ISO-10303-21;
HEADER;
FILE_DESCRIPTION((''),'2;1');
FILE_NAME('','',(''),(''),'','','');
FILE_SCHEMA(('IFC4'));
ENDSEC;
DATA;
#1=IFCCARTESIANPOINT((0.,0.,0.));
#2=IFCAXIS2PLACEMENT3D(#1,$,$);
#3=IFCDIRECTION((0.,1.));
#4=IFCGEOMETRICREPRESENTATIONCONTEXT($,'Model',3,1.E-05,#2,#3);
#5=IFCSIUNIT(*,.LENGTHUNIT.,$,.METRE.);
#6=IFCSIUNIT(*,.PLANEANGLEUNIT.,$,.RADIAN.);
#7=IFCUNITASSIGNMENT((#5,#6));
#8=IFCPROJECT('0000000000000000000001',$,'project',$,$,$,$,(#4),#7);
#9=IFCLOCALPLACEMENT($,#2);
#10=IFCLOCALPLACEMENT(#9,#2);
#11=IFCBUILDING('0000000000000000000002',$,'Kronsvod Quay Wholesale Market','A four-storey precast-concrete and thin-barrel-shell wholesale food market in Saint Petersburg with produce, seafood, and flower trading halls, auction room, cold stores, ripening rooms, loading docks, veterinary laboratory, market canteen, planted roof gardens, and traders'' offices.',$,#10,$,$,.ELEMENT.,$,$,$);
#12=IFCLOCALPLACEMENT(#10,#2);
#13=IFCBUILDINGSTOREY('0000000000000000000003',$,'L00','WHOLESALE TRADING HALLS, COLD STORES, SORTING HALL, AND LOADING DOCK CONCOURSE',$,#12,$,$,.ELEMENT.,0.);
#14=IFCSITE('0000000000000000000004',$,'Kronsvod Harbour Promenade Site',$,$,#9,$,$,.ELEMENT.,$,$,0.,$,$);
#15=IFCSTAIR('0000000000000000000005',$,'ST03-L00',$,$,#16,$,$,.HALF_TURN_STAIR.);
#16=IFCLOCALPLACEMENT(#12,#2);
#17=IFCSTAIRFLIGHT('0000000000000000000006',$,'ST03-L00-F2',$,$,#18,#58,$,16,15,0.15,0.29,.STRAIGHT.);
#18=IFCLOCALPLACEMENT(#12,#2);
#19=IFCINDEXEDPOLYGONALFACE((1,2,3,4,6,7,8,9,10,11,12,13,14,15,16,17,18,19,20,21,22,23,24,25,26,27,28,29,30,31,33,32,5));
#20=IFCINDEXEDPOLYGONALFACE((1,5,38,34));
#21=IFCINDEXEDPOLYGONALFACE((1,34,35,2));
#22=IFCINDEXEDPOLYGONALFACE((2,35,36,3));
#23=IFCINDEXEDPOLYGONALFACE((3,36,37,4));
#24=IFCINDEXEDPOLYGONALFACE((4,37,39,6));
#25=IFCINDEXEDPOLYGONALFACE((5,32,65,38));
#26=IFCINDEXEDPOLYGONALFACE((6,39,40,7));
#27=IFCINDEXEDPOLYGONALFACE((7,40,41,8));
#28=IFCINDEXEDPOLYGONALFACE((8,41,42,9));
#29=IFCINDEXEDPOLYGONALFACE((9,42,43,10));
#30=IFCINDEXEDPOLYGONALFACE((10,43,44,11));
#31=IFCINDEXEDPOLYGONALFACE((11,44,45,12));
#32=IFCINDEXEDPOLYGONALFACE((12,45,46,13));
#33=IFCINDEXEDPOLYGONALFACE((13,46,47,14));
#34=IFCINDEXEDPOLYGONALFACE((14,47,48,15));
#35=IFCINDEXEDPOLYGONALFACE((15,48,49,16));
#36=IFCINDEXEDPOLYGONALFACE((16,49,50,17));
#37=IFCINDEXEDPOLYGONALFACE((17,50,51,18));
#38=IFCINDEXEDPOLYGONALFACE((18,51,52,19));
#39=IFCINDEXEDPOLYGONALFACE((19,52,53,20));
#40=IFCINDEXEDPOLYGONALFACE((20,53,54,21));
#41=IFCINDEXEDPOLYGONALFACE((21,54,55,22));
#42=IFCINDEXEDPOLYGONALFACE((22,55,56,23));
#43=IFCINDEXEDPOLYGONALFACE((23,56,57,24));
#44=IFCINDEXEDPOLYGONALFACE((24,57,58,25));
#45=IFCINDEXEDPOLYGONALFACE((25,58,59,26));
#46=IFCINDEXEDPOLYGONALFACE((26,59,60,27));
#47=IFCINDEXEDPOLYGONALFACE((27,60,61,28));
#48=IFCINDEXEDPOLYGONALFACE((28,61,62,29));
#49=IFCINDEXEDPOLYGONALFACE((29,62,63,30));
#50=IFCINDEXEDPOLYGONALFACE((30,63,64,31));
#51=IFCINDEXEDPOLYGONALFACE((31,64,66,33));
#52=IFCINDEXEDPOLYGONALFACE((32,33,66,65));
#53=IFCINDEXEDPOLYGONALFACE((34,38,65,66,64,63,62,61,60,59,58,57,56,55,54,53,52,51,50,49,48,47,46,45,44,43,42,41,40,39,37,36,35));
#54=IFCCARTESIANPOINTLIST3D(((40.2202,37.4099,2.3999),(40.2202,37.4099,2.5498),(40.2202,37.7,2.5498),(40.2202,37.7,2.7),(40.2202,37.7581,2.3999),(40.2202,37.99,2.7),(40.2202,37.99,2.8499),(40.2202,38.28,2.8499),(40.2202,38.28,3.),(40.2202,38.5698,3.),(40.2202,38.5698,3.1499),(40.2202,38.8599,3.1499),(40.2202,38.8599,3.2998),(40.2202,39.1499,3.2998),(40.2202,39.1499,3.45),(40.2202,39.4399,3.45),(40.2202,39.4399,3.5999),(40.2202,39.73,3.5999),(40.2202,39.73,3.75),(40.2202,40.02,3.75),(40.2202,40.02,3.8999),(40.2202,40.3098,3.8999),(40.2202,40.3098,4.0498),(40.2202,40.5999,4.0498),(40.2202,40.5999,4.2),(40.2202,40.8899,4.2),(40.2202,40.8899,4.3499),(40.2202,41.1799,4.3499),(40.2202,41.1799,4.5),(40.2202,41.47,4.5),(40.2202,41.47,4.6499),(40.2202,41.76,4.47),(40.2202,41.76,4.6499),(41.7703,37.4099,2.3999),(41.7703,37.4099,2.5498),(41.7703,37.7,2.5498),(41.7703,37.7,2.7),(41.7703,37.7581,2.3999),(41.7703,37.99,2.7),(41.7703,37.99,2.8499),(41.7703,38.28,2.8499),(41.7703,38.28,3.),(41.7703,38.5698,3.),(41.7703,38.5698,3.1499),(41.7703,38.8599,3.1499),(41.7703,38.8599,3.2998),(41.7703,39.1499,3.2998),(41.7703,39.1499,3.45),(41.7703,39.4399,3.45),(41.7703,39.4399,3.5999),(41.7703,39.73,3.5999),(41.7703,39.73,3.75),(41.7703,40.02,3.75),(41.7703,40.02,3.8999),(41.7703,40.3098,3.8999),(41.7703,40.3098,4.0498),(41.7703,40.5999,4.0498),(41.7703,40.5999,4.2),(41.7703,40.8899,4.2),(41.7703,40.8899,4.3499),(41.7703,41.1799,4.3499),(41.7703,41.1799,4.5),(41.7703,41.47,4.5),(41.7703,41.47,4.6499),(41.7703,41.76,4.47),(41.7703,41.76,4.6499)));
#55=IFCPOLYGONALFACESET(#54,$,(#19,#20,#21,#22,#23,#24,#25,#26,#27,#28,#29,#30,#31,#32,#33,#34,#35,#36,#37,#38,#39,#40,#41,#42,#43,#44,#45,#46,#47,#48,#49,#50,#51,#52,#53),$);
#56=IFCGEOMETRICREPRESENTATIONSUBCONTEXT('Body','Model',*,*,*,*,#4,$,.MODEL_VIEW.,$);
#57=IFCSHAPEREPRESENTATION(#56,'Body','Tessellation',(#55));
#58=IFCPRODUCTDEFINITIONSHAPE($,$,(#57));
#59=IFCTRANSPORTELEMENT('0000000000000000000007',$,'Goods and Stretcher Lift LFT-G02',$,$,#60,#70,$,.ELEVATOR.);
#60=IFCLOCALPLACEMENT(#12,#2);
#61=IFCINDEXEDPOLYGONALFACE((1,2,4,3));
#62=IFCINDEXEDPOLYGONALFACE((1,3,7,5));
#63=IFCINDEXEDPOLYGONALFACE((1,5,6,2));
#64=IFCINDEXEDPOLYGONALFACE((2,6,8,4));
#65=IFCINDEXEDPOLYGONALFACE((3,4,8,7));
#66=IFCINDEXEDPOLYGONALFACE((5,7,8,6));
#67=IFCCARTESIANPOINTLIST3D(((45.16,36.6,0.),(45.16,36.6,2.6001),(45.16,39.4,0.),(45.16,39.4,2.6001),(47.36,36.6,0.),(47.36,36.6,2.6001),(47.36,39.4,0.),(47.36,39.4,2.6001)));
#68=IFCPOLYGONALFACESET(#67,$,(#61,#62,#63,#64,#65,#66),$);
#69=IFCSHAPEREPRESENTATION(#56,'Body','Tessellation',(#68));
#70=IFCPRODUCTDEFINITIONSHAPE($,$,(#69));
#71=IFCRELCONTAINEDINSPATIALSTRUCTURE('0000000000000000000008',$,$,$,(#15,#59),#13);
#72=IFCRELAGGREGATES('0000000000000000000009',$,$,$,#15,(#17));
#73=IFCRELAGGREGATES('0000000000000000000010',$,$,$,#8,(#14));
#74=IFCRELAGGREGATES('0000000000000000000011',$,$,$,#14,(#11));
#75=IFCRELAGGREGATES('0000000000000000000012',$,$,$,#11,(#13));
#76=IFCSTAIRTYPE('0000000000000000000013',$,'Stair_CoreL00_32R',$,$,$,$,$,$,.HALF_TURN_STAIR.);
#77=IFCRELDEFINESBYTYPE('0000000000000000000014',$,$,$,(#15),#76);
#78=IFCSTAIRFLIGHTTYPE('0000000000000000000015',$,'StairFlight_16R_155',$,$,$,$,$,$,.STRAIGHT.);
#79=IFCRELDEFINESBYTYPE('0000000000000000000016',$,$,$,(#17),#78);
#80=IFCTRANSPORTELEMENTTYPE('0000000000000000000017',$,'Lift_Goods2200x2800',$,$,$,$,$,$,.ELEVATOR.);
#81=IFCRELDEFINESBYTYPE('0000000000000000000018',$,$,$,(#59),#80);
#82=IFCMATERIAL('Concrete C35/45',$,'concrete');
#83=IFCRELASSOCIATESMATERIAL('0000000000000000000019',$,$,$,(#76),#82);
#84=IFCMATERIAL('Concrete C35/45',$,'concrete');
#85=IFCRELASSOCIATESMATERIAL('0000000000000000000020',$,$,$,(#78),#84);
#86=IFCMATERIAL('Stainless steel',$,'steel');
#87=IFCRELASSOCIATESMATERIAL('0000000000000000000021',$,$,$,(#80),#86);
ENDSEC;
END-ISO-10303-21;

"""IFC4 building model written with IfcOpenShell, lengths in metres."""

from ifc_helpers import new_model, si_unit, direction, frame, origin, origin_2d, place, context, subcontext, project, spatial, polyline, rectangle, outline, extrude, material, type_object, element, aggregate, save


model = new_model("IFC4")

# Units and contexts
model_context = context("Model", 3, precision=1e-05, world=origin(), true_north=direction((0.0, 1.0)))
body_context = subcontext(model_context, "Body", "Model", "MODEL_VIEW")
ifc_project = project(units=[si_unit("LENGTHUNIT", "METRE"), si_unit("PLANEANGLEUNIT", "RADIAN")], contexts=[model_context])

# Site, building, storey
site_placement = place(None, origin())
site = spatial("IfcSite", under=ifc_project, at=site_placement, Name="Kronsvod Harbour Promenade Site", CompositionType="ELEMENT", RefElevation=0.0)
building_placement = place(site_placement, origin())
building = spatial("IfcBuilding", under=site, at=building_placement, Name="Kronsvod Quay Wholesale Market", Description="A four-storey precast-concrete and thin-barrel-shell wholesale food market in Saint Petersburg with produce, seafood, and flower trading halls, auction room, cold stores, ripening rooms, loading docks, veterinary laboratory, market canteen, planted roof gardens, and traders' offices.", CompositionType="ELEMENT")
storey_placement = place(building_placement, origin())
storey = spatial("IfcBuildingStorey", under=building, at=storey_placement, Name="L00", Description="WHOLESALE TRADING HALLS, COLD STORES, SORTING HALL, AND LOADING DOCK CONCOURSE", CompositionType="ELEMENT", Elevation=0.0)

# Stair, stair flight
ifc_material_1 = material(Name="Concrete C35/45", Category="concrete")
stair_type = type_object("IfcStairType", Name="Stair_CoreL00_32R", PredefinedType="HALF_TURN_STAIR", material=ifc_material_1)
stair_placement = place(storey_placement, origin())
stair = element("IfcStair", 1, at=stair_placement, inside=storey, type_object=stair_type, Name="ST03-L00", PredefinedType="HALF_TURN_STAIR")
ifc_material_2 = material(Name="Concrete C35/45", Category="concrete")
stair_flight_type = type_object("IfcStairFlightType", Name="StairFlight_16R_155", PredefinedType="STRAIGHT", material=ifc_material_2)
stair_flight_placement = place(storey_placement, frame((40.9951, 37.4099, 2.3999), z_axis=(0.0, 0.0, 1.0), x_axis=(0.0, 1.0, 0.0)))
stair_flight = element("IfcStairFlight", 2, at=stair_flight_placement, type_object=stair_flight_type, Name="ST03-L00-F2", NumberOfRisers=16, NumberOfTreads=15, PredefinedType="STRAIGHT", RiserHeight=0.15, TreadLength=0.29, context=body_context, shape_type="SweptSolid", body=[
    extrude(outline(polyline([(0.0, 0.0), (0.0, 0.1499), (0.29, 0.1499), (0.29, 0.3), (0.5801, 0.3), (0.5801, 0.45), (0.8701, 0.45), (0.8701, 0.6001), (1.1599, 0.6001), (1.1599, 0.75), (1.45, 0.75), (1.45, 0.8999), (1.74, 0.8999), (1.74, 1.05), (2.03, 1.05), (2.03, 1.2), (2.3201, 1.2), (2.3201, 1.3501), (2.6101, 1.3501), (2.6101, 1.5), (2.8999, 1.5), (2.8999, 1.6499), (3.1899, 1.6499), (3.1899, 1.8), (3.48, 1.8), (3.48, 1.95), (3.77, 1.95), (3.77, 2.1001), (4.0601, 2.1001), (4.0601, 2.25), (4.3501, 2.25), (4.3501, 2.3999), (4.3501, 2.0701), (0.3481, 0.0), (0.0, 0.0)])), frame((0.0, 0.7749, 0.0), z_axis=(0.0, -1.0, 0.0), x_axis=(1.0, 0.0, 0.0)), (0.0, 0.0, 1.0), 1.55),
])
aggregate(stair, [stair_flight])

# Transport element
ifc_material_3 = material(Name="Stainless steel", Category="steel")
transport_element_type = type_object("IfcTransportElementType", Name="Lift_Goods2200x2800", PredefinedType="ELEVATOR", material=ifc_material_3)
transport_element_placement = place(storey_placement, frame((46.26, 38.0, 0.0), z_axis=(0.0, 0.0, 1.0), x_axis=(1.0, 0.0, 0.0)))
element("IfcTransportElement", 3, at=transport_element_placement, inside=storey, type_object=transport_element_type, Name="Goods and Stretcher Lift LFT-G02", PredefinedType="ELEVATOR", context=body_context, shape_type="SweptSolid", body=[
    extrude(rectangle(XDim=2.2, YDim=2.8, at=origin_2d()), origin(), (0.0, 0.0, 1.0), 2.6001),
])

save(model, "model.ifc")
